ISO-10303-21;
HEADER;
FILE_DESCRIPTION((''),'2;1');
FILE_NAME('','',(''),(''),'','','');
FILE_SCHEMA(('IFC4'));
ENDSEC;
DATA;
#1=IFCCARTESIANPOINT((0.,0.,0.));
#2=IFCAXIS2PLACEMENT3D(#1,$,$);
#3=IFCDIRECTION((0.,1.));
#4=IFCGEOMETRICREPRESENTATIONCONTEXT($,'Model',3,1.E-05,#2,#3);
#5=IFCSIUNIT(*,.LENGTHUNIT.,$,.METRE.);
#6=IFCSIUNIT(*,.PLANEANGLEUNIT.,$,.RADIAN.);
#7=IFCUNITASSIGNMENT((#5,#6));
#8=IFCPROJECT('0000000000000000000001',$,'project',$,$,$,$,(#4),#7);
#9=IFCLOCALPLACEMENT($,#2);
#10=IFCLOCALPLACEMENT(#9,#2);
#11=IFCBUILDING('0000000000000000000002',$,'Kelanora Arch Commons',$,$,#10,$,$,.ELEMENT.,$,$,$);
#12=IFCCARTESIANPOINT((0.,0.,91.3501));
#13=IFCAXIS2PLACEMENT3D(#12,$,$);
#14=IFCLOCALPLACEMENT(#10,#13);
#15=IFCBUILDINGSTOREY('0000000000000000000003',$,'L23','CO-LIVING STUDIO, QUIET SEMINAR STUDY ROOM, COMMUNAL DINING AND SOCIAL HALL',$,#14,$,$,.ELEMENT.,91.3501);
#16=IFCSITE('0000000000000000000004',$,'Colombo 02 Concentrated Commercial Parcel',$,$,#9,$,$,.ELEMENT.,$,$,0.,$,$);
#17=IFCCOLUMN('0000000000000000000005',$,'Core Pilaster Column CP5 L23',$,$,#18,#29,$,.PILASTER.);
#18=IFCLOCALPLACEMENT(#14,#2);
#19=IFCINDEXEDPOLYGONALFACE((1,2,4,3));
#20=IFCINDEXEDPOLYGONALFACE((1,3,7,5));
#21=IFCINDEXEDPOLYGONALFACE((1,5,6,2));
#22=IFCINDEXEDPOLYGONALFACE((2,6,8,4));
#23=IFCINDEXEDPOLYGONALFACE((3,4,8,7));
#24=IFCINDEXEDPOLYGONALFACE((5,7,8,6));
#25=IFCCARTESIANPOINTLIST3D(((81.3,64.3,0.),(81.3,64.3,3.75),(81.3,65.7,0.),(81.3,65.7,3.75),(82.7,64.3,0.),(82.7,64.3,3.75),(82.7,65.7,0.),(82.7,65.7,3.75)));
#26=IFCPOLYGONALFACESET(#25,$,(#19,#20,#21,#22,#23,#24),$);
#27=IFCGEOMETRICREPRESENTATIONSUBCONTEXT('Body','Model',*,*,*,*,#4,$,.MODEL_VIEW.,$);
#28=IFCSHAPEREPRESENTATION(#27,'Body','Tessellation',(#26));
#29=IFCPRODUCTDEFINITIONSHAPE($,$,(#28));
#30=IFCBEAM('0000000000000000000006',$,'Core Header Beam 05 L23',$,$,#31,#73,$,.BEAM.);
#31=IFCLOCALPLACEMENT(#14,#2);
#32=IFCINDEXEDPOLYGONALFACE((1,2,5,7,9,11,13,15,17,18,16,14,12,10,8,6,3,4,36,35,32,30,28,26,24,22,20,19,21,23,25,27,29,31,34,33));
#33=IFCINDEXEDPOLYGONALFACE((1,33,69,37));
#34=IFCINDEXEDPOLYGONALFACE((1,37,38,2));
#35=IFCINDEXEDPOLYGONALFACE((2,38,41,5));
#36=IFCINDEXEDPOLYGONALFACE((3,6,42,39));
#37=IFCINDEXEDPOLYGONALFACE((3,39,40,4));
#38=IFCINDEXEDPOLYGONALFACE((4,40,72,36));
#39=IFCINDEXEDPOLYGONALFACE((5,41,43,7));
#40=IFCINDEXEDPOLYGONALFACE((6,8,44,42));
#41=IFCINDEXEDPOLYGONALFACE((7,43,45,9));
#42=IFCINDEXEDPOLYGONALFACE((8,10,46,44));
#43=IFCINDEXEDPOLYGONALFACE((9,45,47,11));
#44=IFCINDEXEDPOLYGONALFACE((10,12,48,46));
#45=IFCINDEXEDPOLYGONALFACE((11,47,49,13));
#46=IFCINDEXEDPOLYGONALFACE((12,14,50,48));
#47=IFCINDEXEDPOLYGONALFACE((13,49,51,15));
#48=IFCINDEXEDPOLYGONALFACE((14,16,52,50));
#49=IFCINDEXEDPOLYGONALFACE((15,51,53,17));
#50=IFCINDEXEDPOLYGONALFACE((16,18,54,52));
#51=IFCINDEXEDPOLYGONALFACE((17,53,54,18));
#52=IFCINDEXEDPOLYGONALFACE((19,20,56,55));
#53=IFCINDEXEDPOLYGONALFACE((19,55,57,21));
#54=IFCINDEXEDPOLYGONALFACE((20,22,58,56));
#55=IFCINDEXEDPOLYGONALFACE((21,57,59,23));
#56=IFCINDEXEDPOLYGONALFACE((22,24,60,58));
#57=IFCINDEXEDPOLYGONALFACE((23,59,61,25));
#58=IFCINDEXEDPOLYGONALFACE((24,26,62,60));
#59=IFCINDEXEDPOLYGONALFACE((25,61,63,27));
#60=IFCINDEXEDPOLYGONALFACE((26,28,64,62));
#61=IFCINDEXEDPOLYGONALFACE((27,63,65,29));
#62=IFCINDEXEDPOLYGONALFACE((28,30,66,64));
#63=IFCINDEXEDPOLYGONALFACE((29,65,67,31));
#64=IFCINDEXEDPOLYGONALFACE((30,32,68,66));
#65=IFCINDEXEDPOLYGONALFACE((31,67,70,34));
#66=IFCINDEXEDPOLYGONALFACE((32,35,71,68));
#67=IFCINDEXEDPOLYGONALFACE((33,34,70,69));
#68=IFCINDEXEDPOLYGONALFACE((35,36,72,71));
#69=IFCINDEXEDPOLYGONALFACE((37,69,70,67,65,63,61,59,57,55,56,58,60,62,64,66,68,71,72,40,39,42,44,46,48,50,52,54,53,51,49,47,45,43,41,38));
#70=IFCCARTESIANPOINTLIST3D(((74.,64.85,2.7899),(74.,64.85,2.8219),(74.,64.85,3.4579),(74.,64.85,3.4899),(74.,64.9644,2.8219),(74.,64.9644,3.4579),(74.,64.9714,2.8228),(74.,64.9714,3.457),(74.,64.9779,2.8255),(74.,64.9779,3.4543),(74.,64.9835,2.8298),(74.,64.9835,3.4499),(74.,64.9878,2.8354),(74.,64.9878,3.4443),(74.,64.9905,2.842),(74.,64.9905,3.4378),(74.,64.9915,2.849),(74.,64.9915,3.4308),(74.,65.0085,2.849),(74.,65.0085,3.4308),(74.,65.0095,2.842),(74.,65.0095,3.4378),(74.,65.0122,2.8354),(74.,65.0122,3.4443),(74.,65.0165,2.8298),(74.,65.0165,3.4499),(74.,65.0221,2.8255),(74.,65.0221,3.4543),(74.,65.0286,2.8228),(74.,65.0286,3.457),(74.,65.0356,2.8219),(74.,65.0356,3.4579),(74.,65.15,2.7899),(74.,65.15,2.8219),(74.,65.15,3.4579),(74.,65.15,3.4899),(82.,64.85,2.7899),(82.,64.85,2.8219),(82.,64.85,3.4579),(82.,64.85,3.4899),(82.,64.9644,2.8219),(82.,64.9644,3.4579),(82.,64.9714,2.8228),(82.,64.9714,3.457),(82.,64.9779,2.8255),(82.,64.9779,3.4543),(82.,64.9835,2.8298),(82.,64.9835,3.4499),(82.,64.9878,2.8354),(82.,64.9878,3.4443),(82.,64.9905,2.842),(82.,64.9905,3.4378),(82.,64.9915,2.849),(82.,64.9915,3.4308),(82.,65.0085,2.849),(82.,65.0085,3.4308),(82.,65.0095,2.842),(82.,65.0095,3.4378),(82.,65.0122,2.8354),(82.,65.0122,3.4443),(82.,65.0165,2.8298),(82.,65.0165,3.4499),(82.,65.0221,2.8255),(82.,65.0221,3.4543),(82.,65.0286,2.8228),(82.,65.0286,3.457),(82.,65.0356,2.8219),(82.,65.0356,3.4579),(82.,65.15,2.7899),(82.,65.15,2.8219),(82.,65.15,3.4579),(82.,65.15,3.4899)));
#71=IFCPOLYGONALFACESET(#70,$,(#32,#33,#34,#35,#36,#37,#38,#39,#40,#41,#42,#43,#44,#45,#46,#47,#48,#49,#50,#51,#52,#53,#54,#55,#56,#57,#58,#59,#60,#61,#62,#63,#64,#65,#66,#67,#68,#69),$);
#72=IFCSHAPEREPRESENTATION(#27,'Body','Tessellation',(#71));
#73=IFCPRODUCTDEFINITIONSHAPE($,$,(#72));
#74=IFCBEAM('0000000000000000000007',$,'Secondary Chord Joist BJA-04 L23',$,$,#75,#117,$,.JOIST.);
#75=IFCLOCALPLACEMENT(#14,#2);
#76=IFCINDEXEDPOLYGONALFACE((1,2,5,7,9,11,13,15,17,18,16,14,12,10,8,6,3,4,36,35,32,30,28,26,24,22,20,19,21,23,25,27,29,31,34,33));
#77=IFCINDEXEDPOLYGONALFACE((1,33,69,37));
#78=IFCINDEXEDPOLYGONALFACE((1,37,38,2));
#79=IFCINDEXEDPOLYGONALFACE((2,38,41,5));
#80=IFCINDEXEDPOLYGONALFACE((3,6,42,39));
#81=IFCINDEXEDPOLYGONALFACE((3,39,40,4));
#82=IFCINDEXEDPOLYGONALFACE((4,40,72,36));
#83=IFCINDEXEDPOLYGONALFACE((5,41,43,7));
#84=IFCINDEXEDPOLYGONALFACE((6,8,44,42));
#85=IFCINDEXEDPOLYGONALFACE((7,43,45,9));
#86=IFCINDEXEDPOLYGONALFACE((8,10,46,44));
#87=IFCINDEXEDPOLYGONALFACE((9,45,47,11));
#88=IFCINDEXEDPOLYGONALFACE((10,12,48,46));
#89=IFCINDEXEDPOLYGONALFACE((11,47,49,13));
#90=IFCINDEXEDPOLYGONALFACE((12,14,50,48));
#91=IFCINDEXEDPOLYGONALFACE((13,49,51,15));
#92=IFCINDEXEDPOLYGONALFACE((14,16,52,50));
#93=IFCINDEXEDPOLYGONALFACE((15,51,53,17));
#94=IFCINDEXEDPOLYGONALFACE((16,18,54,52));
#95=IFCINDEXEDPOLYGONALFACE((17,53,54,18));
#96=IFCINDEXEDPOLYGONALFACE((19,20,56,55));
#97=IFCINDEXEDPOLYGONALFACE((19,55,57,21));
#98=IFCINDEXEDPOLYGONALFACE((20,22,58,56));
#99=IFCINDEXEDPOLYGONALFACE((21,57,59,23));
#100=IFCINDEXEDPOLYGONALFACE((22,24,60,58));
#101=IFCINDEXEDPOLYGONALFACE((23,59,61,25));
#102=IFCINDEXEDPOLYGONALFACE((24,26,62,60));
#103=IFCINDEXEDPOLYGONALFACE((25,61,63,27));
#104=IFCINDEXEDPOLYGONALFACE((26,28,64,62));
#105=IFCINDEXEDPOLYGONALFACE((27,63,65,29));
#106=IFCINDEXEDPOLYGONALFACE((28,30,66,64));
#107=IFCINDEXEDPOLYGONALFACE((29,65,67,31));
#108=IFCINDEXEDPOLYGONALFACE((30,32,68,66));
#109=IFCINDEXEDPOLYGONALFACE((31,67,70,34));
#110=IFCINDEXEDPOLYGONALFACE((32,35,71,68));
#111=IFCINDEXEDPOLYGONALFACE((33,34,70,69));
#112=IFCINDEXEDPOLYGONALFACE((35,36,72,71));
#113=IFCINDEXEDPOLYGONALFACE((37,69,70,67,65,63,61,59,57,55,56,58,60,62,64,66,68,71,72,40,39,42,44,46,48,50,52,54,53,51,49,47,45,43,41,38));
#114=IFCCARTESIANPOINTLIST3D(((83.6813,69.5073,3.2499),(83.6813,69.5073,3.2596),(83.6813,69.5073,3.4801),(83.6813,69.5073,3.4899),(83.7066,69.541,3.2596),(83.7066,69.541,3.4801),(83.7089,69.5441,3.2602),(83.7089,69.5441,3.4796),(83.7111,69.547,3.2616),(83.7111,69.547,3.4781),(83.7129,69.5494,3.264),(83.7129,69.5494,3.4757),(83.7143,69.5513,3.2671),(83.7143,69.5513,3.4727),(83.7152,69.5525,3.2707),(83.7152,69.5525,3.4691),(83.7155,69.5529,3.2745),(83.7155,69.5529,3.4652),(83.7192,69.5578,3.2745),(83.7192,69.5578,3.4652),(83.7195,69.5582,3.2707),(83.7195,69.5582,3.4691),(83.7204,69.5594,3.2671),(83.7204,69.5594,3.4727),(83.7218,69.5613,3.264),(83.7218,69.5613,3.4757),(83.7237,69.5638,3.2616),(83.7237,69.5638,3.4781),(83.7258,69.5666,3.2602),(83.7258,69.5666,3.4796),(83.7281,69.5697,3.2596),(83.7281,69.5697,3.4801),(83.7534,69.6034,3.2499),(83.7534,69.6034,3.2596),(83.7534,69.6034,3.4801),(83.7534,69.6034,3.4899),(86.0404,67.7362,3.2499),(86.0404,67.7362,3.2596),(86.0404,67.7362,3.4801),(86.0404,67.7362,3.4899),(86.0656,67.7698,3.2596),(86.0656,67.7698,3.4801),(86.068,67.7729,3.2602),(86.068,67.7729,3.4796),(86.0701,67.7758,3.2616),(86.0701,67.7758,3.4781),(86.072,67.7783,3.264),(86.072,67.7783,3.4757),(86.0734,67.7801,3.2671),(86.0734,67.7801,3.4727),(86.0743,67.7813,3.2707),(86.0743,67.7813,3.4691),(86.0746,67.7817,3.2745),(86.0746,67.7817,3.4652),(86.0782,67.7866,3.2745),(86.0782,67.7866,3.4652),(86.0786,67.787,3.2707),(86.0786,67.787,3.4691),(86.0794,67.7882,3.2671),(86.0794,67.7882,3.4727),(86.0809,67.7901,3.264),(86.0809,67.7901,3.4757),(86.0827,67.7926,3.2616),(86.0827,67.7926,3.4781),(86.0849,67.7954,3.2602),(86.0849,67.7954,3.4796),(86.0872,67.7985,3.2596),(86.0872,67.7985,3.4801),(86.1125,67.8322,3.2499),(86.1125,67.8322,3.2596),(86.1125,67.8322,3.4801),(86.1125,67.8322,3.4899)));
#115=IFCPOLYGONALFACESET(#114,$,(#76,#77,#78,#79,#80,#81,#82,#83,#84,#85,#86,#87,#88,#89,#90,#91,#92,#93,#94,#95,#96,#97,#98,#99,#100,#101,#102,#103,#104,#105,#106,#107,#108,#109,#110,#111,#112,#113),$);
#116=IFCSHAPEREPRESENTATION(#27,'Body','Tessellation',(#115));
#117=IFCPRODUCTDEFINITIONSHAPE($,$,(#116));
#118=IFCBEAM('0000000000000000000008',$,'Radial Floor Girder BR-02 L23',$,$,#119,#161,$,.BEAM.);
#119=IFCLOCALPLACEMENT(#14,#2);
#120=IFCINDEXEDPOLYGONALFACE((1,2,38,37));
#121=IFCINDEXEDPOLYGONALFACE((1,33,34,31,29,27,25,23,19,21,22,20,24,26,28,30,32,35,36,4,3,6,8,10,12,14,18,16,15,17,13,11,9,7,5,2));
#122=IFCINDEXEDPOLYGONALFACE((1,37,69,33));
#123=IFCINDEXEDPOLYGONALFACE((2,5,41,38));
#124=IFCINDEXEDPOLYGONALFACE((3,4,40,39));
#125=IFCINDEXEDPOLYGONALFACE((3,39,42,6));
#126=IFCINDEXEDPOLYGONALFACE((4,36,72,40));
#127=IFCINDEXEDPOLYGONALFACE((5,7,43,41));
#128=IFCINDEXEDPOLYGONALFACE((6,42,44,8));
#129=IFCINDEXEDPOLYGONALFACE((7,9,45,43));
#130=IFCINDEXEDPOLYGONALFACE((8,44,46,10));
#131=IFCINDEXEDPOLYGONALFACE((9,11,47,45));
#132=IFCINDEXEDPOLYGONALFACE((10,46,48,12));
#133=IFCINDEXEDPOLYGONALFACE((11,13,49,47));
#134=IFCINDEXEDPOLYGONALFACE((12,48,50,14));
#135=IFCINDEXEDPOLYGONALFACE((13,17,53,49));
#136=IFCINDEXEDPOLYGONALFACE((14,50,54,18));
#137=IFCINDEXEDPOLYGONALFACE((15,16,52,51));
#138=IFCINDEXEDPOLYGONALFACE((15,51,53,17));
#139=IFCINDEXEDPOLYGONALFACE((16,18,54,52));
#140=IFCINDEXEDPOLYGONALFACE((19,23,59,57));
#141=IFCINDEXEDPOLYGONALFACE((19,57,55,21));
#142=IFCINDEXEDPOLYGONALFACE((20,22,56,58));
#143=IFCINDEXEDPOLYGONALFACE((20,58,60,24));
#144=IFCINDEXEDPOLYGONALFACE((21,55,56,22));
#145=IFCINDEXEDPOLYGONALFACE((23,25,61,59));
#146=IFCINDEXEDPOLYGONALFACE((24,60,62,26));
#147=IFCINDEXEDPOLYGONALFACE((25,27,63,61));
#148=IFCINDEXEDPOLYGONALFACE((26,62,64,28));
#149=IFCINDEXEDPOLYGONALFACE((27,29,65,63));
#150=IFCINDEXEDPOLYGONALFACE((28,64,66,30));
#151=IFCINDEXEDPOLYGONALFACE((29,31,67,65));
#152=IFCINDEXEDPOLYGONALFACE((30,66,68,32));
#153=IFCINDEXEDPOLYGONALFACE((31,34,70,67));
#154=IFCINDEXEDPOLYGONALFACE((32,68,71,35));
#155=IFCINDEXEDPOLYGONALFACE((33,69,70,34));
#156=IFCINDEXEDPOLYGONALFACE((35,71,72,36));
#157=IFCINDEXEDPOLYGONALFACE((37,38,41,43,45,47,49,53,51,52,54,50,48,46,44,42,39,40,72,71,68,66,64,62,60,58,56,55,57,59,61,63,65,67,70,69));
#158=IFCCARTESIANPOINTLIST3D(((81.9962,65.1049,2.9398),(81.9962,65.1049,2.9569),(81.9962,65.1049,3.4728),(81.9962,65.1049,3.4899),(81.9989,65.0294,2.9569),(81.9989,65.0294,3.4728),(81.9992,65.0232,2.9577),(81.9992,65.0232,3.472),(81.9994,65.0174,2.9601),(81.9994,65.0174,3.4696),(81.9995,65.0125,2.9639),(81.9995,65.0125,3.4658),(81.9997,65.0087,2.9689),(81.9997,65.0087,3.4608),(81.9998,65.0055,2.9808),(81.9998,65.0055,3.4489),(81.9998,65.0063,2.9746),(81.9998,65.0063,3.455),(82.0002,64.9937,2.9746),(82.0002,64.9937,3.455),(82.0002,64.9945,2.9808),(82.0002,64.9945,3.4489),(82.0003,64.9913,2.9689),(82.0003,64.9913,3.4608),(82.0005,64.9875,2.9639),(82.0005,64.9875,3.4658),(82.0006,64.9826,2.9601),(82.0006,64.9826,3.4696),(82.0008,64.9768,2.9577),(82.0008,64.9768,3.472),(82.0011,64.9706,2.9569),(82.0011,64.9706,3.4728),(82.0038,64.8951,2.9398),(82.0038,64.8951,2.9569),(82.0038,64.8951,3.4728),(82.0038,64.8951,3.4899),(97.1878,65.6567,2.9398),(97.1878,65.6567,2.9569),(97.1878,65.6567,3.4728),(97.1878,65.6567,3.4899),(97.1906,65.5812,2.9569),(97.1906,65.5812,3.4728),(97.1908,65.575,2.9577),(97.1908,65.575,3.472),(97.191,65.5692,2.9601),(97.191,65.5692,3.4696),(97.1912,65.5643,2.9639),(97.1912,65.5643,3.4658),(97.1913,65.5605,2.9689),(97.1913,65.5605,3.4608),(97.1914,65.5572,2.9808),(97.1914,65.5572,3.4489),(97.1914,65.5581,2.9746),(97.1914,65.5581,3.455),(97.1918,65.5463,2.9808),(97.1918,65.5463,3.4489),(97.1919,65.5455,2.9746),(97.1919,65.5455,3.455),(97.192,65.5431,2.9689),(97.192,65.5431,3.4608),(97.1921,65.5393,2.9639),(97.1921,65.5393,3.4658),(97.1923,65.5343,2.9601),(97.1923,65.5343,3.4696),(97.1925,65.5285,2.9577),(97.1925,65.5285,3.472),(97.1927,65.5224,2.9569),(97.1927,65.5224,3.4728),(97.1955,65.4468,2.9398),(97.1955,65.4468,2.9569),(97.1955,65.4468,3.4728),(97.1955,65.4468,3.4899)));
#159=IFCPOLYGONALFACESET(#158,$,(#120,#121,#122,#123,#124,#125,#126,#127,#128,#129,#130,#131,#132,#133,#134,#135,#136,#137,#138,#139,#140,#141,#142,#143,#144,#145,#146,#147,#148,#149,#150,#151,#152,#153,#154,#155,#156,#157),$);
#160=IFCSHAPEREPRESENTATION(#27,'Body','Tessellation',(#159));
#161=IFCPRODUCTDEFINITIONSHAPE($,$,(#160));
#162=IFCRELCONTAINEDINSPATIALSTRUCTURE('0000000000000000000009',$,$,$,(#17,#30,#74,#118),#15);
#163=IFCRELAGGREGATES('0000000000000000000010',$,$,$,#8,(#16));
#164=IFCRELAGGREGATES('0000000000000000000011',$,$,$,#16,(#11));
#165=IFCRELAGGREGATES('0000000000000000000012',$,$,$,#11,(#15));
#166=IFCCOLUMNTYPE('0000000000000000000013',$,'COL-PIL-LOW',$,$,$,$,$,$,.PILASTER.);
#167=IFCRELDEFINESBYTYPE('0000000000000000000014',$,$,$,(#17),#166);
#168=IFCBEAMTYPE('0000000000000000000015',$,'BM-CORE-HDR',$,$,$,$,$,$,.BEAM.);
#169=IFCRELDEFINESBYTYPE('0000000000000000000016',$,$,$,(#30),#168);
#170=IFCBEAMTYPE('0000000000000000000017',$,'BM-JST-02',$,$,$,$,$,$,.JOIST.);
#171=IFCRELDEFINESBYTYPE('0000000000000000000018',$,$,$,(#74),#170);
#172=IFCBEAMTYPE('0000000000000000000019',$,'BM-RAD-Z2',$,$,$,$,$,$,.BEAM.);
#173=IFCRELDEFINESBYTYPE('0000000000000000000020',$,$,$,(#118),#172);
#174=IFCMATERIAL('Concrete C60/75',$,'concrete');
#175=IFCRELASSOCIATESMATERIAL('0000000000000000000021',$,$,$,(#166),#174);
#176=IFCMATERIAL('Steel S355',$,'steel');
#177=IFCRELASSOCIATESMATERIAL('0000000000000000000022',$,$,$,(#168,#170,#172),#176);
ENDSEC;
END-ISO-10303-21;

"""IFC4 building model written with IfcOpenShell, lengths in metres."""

from ifc_helpers import new_model, si_unit, direction, frame, origin, origin_2d, place, context, subcontext, project, spatial, rectangle, i_section, extrude, material, material_profile, profile_set, type_object, element, save


model = new_model("IFC4")

# Units and contexts
model_context = context("Model", 3, precision=1e-05, world=origin(), true_north=direction((0.0, 1.0)))
body_context = subcontext(model_context, "Body", "Model", "MODEL_VIEW")
ifc_project = project(units=[si_unit("LENGTHUNIT", "METRE"), si_unit("PLANEANGLEUNIT", "RADIAN")], contexts=[model_context])

# Site, building, storey
site_placement = place(None, origin())
site = spatial("IfcSite", under=ifc_project, at=site_placement, Name="Colombo 02 Concentrated Commercial Parcel", CompositionType="ELEMENT", RefElevation=0.0)
building_placement = place(site_placement, origin())
building = spatial("IfcBuilding", under=site, at=building_placement, Name="Kelanora Arch Commons", CompositionType="ELEMENT")
storey_placement = place(building_placement, frame((0.0, 0.0, 91.3501)))
storey = spatial("IfcBuildingStorey", under=building, at=storey_placement, Name="L23", Description="CO-LIVING STUDIO, QUIET SEMINAR STUDY ROOM, COMMUNAL DINING AND SOCIAL HALL", CompositionType="ELEMENT", Elevation=91.3501)

# Column
ifc_material_1 = material(Name="Concrete C60/75", Category="concrete")
ifc_material_profile_1 = material_profile(ifc_material_1, rectangle(XDim=1.3999, YDim=1.3999, at=origin_2d()), Name="RC1400x1400")
ifc_profile_set_1 = profile_set([ifc_material_profile_1], Name="Concrete C60/75")
column_type = type_object("IfcColumnType", Name="COL-PIL-LOW", PredefinedType="PILASTER", material=ifc_profile_set_1)
column_placement = place(storey_placement, frame((82.0, 65.0, 0.0), z_axis=(0.0, 0.0, 1.0), x_axis=(1.0, 0.0, 0.0)))
element("IfcColumn", 1, at=column_placement, inside=storey, type_object=column_type, Name="Core Pilaster Column CP5 L23", PredefinedType="PILASTER", context=body_context, shape_type="SweptSolid", body=[
    extrude(rectangle(XDim=1.3999, YDim=1.3999, at=origin_2d()), origin(), (0.0, 0.0, 1.0), 3.75),
])

# Beams
ifc_material_2 = material(Name="Steel S355", Category="steel")
ifc_material_profile_2 = material_profile(ifc_material_2, i_section(OverallWidth=0.3, OverallDepth=0.7, WebThickness=0.0171, FlangeThickness=0.032, FilletRadius=0.0271, at=origin_2d()), Name="HEB700")
ifc_profile_set_2 = profile_set([ifc_material_profile_2], Name="Steel S355")
beam_type_1 = type_object("IfcBeamType", Name="BM-CORE-HDR", PredefinedType="BEAM", material=ifc_profile_set_2)
beam_1_placement = place(storey_placement, frame((82.0, 65.0, 3.1399), z_axis=(-1.0, 0.0, 0.0), x_axis=(0.0, -1.0, 0.0)))
element("IfcBeam", 2, at=beam_1_placement, inside=storey, type_object=beam_type_1, Name="Core Header Beam 05 L23", PredefinedType="BEAM", context=body_context, shape_type="SweptSolid", body=[
    extrude(i_section(OverallWidth=0.3, OverallDepth=0.7, WebThickness=0.0171, FlangeThickness=0.032, FilletRadius=0.0271, at=origin_2d()), origin(), (0.0, 0.0, 1.0), 8.0),
])
ifc_material_profile_3 = material_profile(ifc_material_2, i_section(OverallWidth=0.1201, OverallDepth=0.24, WebThickness=0.0061, FlangeThickness=0.0098, FilletRadius=0.0149, at=origin_2d()), Name="IPE240")
ifc_profile_set_3 = profile_set([ifc_material_profile_3], Name="Steel S355")
beam_type_2 = type_object("IfcBeamType", Name="BM-JST-02", PredefinedType="JOIST", material=ifc_profile_set_3)
beam_2_placement = place(storey_placement, frame((86.0764, 67.7842, 3.3699), z_axis=(-0.799692, 0.60041, 0.0), x_axis=(-0.60041, -0.799692, 0.0)))
element("IfcBeam", 3, at=beam_2_placement, inside=storey, type_object=beam_type_2, Name="Secondary Chord Joist BJA-04 L23", PredefinedType="JOIST", context=body_context, shape_type="SweptSolid", body=[
    extrude(i_section(OverallWidth=0.1201, OverallDepth=0.24, WebThickness=0.0061, FlangeThickness=0.0098, FilletRadius=0.0149, at=origin_2d()), origin(), (0.0, 0.0, 1.0), 2.95),
])
ifc_material_profile_4 = material_profile(ifc_material_2, i_section(OverallWidth=0.21, OverallDepth=0.55, WebThickness=0.011, FlangeThickness=0.0171, FilletRadius=0.0239, at=origin_2d()), Name="IPE550")
ifc_profile_set_4 = profile_set([ifc_material_profile_4], Name="Steel S355")
beam_type_3 = type_object("IfcBeamType", Name="BM-RAD-Z2", PredefinedType="BEAM", material=ifc_profile_set_4)
beam_3_placement = place(storey_placement, frame((82.0, 65.0, 3.2148), z_axis=(0.999341, 0.036296, 0.0), x_axis=(-0.036296, 0.999341, 0.0)))
element("IfcBeam", 4, at=beam_3_placement, inside=storey, type_object=beam_type_3, Name="Radial Floor Girder BR-02 L23", PredefinedType="BEAM", context=body_context, shape_type="SweptSolid", body=[
    extrude(i_section(OverallWidth=0.21, OverallDepth=0.55, WebThickness=0.011, FlangeThickness=0.0171, FilletRadius=0.0239, at=origin_2d()), origin(), (0.0, 0.0, 1.0), 15.2017),
])

save(model, "model.ifc")
